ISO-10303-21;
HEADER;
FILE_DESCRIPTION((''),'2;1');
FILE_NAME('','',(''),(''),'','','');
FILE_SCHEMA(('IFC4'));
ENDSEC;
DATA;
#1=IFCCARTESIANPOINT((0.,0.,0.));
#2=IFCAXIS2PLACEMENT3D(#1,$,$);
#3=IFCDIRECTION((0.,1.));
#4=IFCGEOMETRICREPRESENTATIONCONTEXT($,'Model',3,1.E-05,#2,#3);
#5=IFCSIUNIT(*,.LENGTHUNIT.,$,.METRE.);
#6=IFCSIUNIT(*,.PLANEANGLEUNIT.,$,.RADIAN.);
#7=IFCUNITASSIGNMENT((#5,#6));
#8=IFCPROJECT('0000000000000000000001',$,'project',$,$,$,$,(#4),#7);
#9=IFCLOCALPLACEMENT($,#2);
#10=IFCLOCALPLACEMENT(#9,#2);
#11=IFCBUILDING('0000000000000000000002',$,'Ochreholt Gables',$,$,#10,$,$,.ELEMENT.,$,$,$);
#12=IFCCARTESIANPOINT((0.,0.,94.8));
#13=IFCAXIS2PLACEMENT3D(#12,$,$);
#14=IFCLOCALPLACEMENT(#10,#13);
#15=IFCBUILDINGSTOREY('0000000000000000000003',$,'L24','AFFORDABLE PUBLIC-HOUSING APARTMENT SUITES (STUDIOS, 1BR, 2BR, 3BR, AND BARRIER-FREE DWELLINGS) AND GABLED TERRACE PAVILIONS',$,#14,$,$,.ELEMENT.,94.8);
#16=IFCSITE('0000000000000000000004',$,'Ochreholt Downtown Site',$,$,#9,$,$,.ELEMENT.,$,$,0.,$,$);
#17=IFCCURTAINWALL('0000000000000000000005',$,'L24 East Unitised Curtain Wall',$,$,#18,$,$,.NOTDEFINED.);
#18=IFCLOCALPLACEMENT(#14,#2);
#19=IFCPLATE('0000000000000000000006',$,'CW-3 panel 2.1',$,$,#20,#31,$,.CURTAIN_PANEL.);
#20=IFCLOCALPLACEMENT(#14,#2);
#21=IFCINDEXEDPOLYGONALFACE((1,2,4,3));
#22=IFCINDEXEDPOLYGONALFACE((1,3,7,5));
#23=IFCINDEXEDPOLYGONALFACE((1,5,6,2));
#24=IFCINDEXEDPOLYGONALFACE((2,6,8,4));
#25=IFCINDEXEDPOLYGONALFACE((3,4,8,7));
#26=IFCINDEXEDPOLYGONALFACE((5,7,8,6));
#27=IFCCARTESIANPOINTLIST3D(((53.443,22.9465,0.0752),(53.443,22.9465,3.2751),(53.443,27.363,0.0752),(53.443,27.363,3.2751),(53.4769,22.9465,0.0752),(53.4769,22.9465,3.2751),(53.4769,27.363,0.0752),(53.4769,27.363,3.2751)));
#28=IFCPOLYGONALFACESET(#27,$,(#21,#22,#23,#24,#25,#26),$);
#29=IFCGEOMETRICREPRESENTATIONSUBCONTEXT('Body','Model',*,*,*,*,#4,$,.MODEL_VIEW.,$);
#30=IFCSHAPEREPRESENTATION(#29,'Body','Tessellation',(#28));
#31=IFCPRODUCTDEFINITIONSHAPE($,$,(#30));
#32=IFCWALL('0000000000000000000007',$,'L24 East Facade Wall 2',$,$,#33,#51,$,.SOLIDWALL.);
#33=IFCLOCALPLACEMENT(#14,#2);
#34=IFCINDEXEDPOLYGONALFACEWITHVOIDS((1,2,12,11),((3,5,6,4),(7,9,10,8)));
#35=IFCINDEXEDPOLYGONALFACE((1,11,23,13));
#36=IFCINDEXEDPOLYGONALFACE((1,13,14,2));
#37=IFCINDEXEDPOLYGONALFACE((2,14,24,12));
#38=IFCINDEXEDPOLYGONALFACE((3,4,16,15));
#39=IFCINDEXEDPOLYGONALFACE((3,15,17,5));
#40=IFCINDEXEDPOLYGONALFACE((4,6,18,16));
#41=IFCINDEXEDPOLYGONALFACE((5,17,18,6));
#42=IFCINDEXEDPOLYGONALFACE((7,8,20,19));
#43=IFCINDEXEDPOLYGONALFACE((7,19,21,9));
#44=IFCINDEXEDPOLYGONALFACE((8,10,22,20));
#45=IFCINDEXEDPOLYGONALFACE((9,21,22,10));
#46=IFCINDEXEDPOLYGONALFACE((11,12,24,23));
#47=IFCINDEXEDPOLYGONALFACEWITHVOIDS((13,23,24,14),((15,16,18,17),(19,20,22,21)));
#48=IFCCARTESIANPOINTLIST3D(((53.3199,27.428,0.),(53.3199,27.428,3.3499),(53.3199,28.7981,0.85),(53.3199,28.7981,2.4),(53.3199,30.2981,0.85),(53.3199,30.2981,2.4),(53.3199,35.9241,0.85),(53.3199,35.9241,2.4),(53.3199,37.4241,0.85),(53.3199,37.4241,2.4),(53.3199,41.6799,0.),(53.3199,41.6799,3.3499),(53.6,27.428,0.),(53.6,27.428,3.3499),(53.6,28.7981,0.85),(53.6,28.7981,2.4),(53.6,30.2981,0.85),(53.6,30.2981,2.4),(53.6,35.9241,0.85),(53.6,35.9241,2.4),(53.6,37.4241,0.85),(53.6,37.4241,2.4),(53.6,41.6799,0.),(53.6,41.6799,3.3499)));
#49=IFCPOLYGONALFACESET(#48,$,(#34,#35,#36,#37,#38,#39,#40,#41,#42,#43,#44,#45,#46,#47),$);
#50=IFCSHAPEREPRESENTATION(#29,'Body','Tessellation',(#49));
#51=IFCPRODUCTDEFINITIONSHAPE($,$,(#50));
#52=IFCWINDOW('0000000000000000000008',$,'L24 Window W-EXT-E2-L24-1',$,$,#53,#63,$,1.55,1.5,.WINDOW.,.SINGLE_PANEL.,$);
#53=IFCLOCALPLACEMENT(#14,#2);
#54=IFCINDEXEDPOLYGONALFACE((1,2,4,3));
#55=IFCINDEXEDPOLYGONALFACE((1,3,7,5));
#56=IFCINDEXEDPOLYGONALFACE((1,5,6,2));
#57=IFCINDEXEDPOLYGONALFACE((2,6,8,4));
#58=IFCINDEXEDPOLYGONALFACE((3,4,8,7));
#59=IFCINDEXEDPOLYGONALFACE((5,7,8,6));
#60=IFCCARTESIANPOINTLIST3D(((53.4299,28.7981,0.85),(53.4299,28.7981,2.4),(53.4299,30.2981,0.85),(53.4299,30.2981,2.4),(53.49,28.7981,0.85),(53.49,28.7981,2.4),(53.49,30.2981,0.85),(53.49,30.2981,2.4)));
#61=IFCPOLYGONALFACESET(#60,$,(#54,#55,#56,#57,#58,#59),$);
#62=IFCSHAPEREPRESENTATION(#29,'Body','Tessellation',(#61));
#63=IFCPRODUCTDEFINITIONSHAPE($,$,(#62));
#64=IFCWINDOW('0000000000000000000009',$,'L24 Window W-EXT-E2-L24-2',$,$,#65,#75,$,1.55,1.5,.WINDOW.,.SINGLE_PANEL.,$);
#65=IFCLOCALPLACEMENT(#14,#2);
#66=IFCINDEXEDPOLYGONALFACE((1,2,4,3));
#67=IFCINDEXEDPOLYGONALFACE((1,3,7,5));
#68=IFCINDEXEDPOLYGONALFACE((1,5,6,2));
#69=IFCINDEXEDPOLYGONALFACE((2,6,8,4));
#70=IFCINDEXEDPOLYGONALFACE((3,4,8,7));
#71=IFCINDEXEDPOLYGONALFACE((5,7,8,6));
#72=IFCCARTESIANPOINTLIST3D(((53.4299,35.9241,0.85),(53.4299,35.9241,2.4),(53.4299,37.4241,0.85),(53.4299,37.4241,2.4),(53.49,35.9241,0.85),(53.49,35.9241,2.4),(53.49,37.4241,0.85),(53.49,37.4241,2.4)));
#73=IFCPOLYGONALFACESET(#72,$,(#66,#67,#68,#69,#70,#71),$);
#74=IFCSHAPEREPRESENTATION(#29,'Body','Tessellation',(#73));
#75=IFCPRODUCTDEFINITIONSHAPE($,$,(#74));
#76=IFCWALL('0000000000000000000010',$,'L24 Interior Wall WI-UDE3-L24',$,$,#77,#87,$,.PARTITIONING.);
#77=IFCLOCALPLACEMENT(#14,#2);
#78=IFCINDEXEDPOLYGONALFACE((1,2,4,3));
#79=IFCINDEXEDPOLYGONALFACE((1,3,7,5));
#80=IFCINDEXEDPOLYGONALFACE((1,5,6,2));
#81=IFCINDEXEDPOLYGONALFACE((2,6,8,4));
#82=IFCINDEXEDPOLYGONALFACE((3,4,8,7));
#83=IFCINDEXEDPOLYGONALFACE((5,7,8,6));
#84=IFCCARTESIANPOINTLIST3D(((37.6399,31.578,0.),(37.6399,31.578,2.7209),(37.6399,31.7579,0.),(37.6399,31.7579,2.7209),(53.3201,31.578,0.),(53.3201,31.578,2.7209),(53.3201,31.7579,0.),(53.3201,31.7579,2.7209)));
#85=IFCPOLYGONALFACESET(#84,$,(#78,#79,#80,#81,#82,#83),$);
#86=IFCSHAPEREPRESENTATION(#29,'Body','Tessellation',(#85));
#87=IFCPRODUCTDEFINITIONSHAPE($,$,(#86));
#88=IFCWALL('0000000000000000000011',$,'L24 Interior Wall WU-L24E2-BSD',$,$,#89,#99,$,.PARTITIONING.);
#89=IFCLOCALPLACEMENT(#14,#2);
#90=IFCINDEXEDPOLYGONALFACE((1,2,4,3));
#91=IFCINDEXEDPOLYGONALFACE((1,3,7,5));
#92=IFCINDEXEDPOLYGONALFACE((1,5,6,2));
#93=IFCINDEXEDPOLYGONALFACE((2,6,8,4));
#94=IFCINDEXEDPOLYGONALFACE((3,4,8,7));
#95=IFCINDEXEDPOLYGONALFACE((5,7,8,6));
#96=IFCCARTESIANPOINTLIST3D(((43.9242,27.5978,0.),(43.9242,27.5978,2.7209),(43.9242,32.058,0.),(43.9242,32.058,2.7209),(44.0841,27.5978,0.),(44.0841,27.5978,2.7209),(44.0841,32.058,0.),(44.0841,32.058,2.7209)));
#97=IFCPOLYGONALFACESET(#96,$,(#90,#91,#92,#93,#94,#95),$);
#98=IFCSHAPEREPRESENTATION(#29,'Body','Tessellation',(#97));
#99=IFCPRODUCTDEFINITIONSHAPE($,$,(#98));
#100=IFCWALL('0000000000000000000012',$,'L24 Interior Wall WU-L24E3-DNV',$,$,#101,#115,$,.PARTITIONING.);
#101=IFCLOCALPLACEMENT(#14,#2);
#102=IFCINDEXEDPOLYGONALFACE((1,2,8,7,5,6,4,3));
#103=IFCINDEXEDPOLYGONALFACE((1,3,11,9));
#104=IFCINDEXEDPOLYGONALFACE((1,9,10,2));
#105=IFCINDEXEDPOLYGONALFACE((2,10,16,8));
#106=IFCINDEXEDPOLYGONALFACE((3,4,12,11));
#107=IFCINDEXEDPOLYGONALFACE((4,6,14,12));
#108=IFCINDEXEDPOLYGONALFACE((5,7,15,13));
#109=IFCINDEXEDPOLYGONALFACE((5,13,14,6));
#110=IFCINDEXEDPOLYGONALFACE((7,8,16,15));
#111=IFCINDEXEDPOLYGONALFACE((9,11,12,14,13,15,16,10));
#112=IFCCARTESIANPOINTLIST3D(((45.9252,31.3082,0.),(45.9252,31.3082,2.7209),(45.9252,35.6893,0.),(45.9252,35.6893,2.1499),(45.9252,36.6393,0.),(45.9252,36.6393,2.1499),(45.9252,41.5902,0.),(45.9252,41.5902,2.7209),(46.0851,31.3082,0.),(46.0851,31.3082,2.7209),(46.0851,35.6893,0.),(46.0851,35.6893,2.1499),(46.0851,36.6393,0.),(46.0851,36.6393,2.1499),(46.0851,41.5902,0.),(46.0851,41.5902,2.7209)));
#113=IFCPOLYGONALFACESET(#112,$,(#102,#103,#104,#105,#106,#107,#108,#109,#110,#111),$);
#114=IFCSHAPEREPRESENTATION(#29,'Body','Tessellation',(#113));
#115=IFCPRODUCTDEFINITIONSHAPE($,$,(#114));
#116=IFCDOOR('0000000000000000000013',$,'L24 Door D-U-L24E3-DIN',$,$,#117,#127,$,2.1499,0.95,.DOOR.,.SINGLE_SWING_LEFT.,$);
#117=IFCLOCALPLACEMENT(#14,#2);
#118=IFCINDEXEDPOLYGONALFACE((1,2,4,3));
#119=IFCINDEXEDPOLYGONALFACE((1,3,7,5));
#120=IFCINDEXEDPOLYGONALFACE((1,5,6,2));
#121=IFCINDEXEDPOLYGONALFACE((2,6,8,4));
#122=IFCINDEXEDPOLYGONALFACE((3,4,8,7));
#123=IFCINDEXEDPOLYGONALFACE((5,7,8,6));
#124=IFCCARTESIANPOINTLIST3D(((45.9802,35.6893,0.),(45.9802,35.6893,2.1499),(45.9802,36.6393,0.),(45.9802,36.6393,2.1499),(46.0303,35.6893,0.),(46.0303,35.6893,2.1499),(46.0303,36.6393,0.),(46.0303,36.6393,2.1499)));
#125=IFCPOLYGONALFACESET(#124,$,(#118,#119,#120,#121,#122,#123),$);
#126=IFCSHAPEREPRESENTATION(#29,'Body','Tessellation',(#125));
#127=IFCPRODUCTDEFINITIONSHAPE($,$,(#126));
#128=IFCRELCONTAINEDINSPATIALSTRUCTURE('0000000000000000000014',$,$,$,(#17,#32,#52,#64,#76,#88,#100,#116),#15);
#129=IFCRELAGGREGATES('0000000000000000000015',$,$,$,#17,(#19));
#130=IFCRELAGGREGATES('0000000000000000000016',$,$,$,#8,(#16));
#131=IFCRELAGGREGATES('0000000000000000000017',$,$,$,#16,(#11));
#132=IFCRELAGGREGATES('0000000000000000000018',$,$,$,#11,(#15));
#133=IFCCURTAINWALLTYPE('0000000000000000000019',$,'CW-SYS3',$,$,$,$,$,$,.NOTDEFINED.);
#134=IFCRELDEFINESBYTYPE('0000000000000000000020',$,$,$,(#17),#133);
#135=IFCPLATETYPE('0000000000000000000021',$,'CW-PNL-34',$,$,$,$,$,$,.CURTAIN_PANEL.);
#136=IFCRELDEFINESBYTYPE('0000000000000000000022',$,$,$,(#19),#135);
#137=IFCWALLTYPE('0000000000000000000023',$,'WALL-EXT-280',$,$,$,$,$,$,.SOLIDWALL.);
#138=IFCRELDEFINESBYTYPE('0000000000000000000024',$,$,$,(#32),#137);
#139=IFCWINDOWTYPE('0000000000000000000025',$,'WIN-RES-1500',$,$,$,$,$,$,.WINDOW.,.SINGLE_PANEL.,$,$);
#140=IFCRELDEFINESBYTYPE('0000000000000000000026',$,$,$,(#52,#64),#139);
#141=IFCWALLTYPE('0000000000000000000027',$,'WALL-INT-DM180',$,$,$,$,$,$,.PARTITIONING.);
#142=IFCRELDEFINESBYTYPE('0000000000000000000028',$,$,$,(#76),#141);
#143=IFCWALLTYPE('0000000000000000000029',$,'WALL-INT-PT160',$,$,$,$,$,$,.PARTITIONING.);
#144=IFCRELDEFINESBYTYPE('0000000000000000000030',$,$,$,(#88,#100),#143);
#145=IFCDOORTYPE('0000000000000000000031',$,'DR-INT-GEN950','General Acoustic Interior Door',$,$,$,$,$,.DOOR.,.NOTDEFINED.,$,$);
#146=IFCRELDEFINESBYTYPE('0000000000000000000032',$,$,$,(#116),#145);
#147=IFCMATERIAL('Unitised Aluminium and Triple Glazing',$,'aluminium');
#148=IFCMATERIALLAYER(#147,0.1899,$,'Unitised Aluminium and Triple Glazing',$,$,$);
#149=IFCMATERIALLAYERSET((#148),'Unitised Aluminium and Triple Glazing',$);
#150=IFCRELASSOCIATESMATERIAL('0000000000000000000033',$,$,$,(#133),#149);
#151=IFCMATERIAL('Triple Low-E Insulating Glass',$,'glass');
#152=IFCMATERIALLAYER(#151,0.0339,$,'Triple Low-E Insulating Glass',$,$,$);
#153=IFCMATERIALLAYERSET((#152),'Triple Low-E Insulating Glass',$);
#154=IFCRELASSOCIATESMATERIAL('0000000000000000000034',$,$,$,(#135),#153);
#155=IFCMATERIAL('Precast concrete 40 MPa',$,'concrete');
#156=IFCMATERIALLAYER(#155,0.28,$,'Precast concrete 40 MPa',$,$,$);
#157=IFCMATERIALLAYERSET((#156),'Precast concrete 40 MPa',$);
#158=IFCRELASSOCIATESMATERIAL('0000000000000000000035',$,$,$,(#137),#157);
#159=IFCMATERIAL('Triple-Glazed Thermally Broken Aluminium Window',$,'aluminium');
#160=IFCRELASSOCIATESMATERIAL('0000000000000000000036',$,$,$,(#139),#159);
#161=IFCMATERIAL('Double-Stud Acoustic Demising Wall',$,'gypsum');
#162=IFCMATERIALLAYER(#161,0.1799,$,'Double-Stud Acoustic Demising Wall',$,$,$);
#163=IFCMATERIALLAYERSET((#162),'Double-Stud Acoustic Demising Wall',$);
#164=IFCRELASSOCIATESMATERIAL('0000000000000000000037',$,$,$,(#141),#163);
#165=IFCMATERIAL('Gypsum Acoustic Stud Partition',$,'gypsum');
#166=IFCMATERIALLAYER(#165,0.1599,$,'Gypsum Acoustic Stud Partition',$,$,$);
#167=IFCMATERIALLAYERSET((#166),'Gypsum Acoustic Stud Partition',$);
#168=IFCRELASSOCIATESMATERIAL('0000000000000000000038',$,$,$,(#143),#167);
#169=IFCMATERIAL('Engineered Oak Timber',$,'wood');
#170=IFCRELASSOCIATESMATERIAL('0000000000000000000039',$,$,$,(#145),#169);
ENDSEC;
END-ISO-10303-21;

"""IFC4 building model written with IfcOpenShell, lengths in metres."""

from ifc_helpers import new_model, si_unit, direction, frame, frame_2d, origin, origin_2d, place, context, subcontext, project, spatial, rectangle, extrude, material, layer, layer_set, type_object, element, fill, aggregate, save


model = new_model("IFC4")

# Units and contexts
model_context = context("Model", 3, precision=1e-05, world=origin(), true_north=direction((0.0, 1.0)))
body_context = subcontext(model_context, "Body", "Model", "MODEL_VIEW")
ifc_project = project(units=[si_unit("LENGTHUNIT", "METRE"), si_unit("PLANEANGLEUNIT", "RADIAN")], contexts=[model_context])

# Site, building, storey
site_placement = place(None, origin())
site = spatial("IfcSite", under=ifc_project, at=site_placement, Name="Ochreholt Downtown Site", CompositionType="ELEMENT", RefElevation=0.0)
building_placement = place(site_placement, origin())
building = spatial("IfcBuilding", under=site, at=building_placement, Name="Ochreholt Gables", CompositionType="ELEMENT")
storey_placement = place(building_placement, frame((0.0, 0.0, 94.8)))
storey = spatial("IfcBuildingStorey", under=building, at=storey_placement, Name="L24", Description="AFFORDABLE PUBLIC-HOUSING APARTMENT SUITES (STUDIOS, 1BR, 2BR, 3BR, AND BARRIER-FREE DWELLINGS) AND GABLED TERRACE PAVILIONS", CompositionType="ELEMENT", Elevation=94.8)

# Curtain wall, plate
ifc_material_1 = material(Name="Unitised Aluminium and Triple Glazing", Category="aluminium")
ifc_layer_1 = layer(ifc_material_1, 0.1899, Name="Unitised Aluminium and Triple Glazing")
ifc_layer_set_1 = layer_set([ifc_layer_1], Name="Unitised Aluminium and Triple Glazing")
curtain_wall_type = type_object("IfcCurtainWallType", Name="CW-SYS3", PredefinedType="NOTDEFINED", material=ifc_layer_set_1)
curtain_wall_placement = place(storey_placement, origin())
curtain_wall = element("IfcCurtainWall", 1, at=curtain_wall_placement, inside=storey, type_object=curtain_wall_type, Name="L24 East Unitised Curtain Wall", PredefinedType="NOTDEFINED")
ifc_material_2 = material(Name="Triple Low-E Insulating Glass", Category="glass")
ifc_layer_2 = layer(ifc_material_2, 0.0339, Name="Triple Low-E Insulating Glass")
ifc_layer_set_2 = layer_set([ifc_layer_2], Name="Triple Low-E Insulating Glass")
plate_type = type_object("IfcPlateType", Name="CW-PNL-34", PredefinedType="CURTAIN_PANEL", material=ifc_layer_set_2)
plate_placement = place(storey_placement, frame((53.46, 25.1548, 0.0752), z_axis=(0.0, 0.0, 1.0), x_axis=(0.0, 1.0, 0.0)))
plate = element("IfcPlate", 2, at=plate_placement, type_object=plate_type, Name="CW-3 panel 2.1", PredefinedType="CURTAIN_PANEL", context=body_context, shape_type="SweptSolid", body=[
    extrude(rectangle(XDim=4.4165, YDim=0.0339, at=origin_2d()), origin(), (0.0, 0.0, 1.0), 3.2),
])
aggregate(curtain_wall, [plate])

# Wall, openings, windows
ifc_material_3 = material(Name="Precast concrete 40 MPa", Category="concrete")
ifc_layer_3 = layer(ifc_material_3, 0.28, Name="Precast concrete 40 MPa")
ifc_layer_set_3 = layer_set([ifc_layer_3], Name="Precast concrete 40 MPa")
wall_type_1 = type_object("IfcWallType", Name="WALL-EXT-280", PredefinedType="SOLIDWALL", material=ifc_layer_set_3)
wall_1_placement = place(storey_placement, frame((53.46, 27.428, 0.0), z_axis=(0.0, 0.0, 1.0), x_axis=(0.0, 1.0, 0.0)))
wall_1 = element("IfcWall", 3, at=wall_1_placement, inside=storey, type_object=wall_type_1, Name="L24 East Facade Wall 2", PredefinedType="SOLIDWALL", context=body_context, shape_type="SweptSolid", body=[
    extrude(rectangle(XDim=14.252, YDim=0.28, at=frame_2d((7.126, 0.0))), origin(), (0.0, 0.0, 1.0), 3.3499),
])
opening_1_placement = place(wall_1_placement, frame((1.3701, 0.0, 0.8501)))
opening_1 = element("IfcOpeningElement", 4, at=opening_1_placement, cuts=wall_1, PredefinedType="OPENING", context=body_context, shape_type="SweptSolid", body=[
    extrude(rectangle(XDim=1.5, YDim=1.55, at=frame_2d((0.75, 0.7749))), frame((0.0, 0.1499, 0.0), z_axis=(0.0, -1.0, 0.0), x_axis=(1.0, 0.0, 0.0)), (0.0, 0.0, 1.0), 0.3),
])
opening_2_placement = place(wall_1_placement, frame((8.4961, 0.0, 0.8501)))
opening_2 = element("IfcOpeningElement", 5, at=opening_2_placement, cuts=wall_1, PredefinedType="OPENING", context=body_context, shape_type="SweptSolid", body=[
    extrude(rectangle(XDim=1.5, YDim=1.55, at=frame_2d((0.75, 0.7749))), frame((0.0, 0.1499, 0.0), z_axis=(0.0, -1.0, 0.0), x_axis=(1.0, 0.0, 0.0)), (0.0, 0.0, 1.0), 0.3),
])
ifc_material_4 = material(Name="Triple-Glazed Thermally Broken Aluminium Window", Category="aluminium")
window_type = type_object("IfcWindowType", Name="WIN-RES-1500", PartitioningType="SINGLE_PANEL", PredefinedType="WINDOW", material=ifc_material_4)
window_1_placement = place(opening_1_placement, origin())
window_1 = element("IfcWindow", 6, at=window_1_placement, inside=storey, type_object=window_type, Name="L24 Window W-EXT-E2-L24-1", OverallHeight=1.55, OverallWidth=1.5, PartitioningType="SINGLE_PANEL", PredefinedType="WINDOW", context=body_context, shape_type="SweptSolid", body=[
    extrude(rectangle(XDim=1.5, YDim=1.55, at=frame_2d((0.75, 0.7749))), frame((0.0, 0.03, 0.0), z_axis=(0.0, -1.0, 0.0), x_axis=(1.0, 0.0, 0.0)), (0.0, 0.0, 1.0), 0.0601),
])
fill(opening_1, window_1)
window_2_placement = place(opening_2_placement, origin())
window_2 = element("IfcWindow", 7, at=window_2_placement, inside=storey, type_object=window_type, Name="L24 Window W-EXT-E2-L24-2", OverallHeight=1.55, OverallWidth=1.5, PartitioningType="SINGLE_PANEL", PredefinedType="WINDOW", context=body_context, shape_type="SweptSolid", body=[
    extrude(rectangle(XDim=1.5, YDim=1.55, at=frame_2d((0.75, 0.7749))), frame((0.0, 0.03, 0.0), z_axis=(0.0, -1.0, 0.0), x_axis=(1.0, 0.0, 0.0)), (0.0, 0.0, 1.0), 0.0601),
])
fill(opening_2, window_2)

# Wall
ifc_material_5 = material(Name="Double-Stud Acoustic Demising Wall", Category="gypsum")
ifc_layer_4 = layer(ifc_material_5, 0.1799, Name="Double-Stud Acoustic Demising Wall")
ifc_layer_set_4 = layer_set([ifc_layer_4], Name="Double-Stud Acoustic Demising Wall")
wall_type_2 = type_object("IfcWallType", Name="WALL-INT-DM180", PredefinedType="PARTITIONING", material=ifc_layer_set_4)
wall_2_placement = place(storey_placement, frame((37.6399, 31.668, 0.0), z_axis=(0.0, 0.0, 1.0), x_axis=(1.0, 0.0, 0.0)))
element("IfcWall", 8, at=wall_2_placement, inside=storey, type_object=wall_type_2, Name="L24 Interior Wall WI-UDE3-L24", PredefinedType="PARTITIONING", context=body_context, shape_type="SweptSolid", body=[
    extrude(rectangle(XDim=15.6802, YDim=0.1799, at=frame_2d((7.8401, 0.0))), origin(), (0.0, 0.0, 1.0), 2.7209),
])

# Shared definitions
ifc_material_6 = material(Name="Engineered Oak Timber", Category="wood")

# Wall
ifc_material_7 = material(Name="Gypsum Acoustic Stud Partition", Category="gypsum")
ifc_layer_5 = layer(ifc_material_7, 0.1599, Name="Gypsum Acoustic Stud Partition")
ifc_layer_set_5 = layer_set([ifc_layer_5], Name="Gypsum Acoustic Stud Partition")
wall_type_3 = type_object("IfcWallType", Name="WALL-INT-PT160", PredefinedType="PARTITIONING", material=ifc_layer_set_5)
wall_3_placement = place(storey_placement, frame((44.0042, 27.5979, 0.0), z_axis=(0.0, 0.0, 1.0), x_axis=(0.0, 1.0, 0.0)))
element("IfcWall", 9, at=wall_3_placement, inside=storey, type_object=wall_type_3, Name="L24 Interior Wall WU-L24E2-BSD", PredefinedType="PARTITIONING", context=body_context, shape_type="SweptSolid", body=[
    extrude(rectangle(XDim=4.4602, YDim=0.1599, at=frame_2d((2.23, 0.0))), origin(), (0.0, 0.0, 1.0), 2.7209),
])

# Wall, opening, door
wall_4_placement = place(storey_placement, frame((46.0051, 31.3081, 0.0), z_axis=(0.0, 0.0, 1.0), x_axis=(0.0, 1.0, 0.0)))
wall_4 = element("IfcWall", 10, at=wall_4_placement, inside=storey, type_object=wall_type_3, Name="L24 Interior Wall WU-L24E3-DNV", PredefinedType="PARTITIONING", context=body_context, shape_type="SweptSolid", body=[
    extrude(rectangle(XDim=10.282, YDim=0.1599, at=frame_2d((5.1411, 0.0))), origin(), (0.0, 0.0, 1.0), 2.7209),
])
opening_3_placement = place(wall_4_placement, frame((4.3811, 0.0, 0.0)))
opening_3 = element("IfcOpeningElement", 11, at=opening_3_placement, cuts=wall_4, PredefinedType="OPENING", context=body_context, shape_type="SweptSolid", body=[
    extrude(rectangle(XDim=0.95, YDim=2.1499, at=frame_2d((0.4751, 1.075))), frame((0.0, 0.0898, 0.0), z_axis=(0.0, -1.0, 0.0), x_axis=(1.0, 0.0, 0.0)), (0.0, 0.0, 1.0), 0.1799),
])
door_type_1 = type_object("IfcDoorType", Name="DR-INT-GEN950", Description="General Acoustic Interior Door", OperationType="NOTDEFINED", PredefinedType="DOOR", material=ifc_material_6)
door_1_placement = place(opening_3_placement, origin())
door_1 = element("IfcDoor", 12, at=door_1_placement, inside=storey, type_object=door_type_1, Name="L24 Door D-U-L24E3-DIN", OperationType="SINGLE_SWING_LEFT", OverallHeight=2.1499, OverallWidth=0.95, PredefinedType="DOOR", context=body_context, shape_type="SweptSolid", body=[
    extrude(rectangle(XDim=0.95, YDim=2.1499, at=frame_2d((0.4751, 1.075))), frame((0.0, 0.0249, 0.0), z_axis=(0.0, -1.0, 0.0), x_axis=(1.0, 0.0, 0.0)), (0.0, 0.0, 1.0), 0.05),
])
fill(opening_3, door_1)

save(model, "model.ifc")
